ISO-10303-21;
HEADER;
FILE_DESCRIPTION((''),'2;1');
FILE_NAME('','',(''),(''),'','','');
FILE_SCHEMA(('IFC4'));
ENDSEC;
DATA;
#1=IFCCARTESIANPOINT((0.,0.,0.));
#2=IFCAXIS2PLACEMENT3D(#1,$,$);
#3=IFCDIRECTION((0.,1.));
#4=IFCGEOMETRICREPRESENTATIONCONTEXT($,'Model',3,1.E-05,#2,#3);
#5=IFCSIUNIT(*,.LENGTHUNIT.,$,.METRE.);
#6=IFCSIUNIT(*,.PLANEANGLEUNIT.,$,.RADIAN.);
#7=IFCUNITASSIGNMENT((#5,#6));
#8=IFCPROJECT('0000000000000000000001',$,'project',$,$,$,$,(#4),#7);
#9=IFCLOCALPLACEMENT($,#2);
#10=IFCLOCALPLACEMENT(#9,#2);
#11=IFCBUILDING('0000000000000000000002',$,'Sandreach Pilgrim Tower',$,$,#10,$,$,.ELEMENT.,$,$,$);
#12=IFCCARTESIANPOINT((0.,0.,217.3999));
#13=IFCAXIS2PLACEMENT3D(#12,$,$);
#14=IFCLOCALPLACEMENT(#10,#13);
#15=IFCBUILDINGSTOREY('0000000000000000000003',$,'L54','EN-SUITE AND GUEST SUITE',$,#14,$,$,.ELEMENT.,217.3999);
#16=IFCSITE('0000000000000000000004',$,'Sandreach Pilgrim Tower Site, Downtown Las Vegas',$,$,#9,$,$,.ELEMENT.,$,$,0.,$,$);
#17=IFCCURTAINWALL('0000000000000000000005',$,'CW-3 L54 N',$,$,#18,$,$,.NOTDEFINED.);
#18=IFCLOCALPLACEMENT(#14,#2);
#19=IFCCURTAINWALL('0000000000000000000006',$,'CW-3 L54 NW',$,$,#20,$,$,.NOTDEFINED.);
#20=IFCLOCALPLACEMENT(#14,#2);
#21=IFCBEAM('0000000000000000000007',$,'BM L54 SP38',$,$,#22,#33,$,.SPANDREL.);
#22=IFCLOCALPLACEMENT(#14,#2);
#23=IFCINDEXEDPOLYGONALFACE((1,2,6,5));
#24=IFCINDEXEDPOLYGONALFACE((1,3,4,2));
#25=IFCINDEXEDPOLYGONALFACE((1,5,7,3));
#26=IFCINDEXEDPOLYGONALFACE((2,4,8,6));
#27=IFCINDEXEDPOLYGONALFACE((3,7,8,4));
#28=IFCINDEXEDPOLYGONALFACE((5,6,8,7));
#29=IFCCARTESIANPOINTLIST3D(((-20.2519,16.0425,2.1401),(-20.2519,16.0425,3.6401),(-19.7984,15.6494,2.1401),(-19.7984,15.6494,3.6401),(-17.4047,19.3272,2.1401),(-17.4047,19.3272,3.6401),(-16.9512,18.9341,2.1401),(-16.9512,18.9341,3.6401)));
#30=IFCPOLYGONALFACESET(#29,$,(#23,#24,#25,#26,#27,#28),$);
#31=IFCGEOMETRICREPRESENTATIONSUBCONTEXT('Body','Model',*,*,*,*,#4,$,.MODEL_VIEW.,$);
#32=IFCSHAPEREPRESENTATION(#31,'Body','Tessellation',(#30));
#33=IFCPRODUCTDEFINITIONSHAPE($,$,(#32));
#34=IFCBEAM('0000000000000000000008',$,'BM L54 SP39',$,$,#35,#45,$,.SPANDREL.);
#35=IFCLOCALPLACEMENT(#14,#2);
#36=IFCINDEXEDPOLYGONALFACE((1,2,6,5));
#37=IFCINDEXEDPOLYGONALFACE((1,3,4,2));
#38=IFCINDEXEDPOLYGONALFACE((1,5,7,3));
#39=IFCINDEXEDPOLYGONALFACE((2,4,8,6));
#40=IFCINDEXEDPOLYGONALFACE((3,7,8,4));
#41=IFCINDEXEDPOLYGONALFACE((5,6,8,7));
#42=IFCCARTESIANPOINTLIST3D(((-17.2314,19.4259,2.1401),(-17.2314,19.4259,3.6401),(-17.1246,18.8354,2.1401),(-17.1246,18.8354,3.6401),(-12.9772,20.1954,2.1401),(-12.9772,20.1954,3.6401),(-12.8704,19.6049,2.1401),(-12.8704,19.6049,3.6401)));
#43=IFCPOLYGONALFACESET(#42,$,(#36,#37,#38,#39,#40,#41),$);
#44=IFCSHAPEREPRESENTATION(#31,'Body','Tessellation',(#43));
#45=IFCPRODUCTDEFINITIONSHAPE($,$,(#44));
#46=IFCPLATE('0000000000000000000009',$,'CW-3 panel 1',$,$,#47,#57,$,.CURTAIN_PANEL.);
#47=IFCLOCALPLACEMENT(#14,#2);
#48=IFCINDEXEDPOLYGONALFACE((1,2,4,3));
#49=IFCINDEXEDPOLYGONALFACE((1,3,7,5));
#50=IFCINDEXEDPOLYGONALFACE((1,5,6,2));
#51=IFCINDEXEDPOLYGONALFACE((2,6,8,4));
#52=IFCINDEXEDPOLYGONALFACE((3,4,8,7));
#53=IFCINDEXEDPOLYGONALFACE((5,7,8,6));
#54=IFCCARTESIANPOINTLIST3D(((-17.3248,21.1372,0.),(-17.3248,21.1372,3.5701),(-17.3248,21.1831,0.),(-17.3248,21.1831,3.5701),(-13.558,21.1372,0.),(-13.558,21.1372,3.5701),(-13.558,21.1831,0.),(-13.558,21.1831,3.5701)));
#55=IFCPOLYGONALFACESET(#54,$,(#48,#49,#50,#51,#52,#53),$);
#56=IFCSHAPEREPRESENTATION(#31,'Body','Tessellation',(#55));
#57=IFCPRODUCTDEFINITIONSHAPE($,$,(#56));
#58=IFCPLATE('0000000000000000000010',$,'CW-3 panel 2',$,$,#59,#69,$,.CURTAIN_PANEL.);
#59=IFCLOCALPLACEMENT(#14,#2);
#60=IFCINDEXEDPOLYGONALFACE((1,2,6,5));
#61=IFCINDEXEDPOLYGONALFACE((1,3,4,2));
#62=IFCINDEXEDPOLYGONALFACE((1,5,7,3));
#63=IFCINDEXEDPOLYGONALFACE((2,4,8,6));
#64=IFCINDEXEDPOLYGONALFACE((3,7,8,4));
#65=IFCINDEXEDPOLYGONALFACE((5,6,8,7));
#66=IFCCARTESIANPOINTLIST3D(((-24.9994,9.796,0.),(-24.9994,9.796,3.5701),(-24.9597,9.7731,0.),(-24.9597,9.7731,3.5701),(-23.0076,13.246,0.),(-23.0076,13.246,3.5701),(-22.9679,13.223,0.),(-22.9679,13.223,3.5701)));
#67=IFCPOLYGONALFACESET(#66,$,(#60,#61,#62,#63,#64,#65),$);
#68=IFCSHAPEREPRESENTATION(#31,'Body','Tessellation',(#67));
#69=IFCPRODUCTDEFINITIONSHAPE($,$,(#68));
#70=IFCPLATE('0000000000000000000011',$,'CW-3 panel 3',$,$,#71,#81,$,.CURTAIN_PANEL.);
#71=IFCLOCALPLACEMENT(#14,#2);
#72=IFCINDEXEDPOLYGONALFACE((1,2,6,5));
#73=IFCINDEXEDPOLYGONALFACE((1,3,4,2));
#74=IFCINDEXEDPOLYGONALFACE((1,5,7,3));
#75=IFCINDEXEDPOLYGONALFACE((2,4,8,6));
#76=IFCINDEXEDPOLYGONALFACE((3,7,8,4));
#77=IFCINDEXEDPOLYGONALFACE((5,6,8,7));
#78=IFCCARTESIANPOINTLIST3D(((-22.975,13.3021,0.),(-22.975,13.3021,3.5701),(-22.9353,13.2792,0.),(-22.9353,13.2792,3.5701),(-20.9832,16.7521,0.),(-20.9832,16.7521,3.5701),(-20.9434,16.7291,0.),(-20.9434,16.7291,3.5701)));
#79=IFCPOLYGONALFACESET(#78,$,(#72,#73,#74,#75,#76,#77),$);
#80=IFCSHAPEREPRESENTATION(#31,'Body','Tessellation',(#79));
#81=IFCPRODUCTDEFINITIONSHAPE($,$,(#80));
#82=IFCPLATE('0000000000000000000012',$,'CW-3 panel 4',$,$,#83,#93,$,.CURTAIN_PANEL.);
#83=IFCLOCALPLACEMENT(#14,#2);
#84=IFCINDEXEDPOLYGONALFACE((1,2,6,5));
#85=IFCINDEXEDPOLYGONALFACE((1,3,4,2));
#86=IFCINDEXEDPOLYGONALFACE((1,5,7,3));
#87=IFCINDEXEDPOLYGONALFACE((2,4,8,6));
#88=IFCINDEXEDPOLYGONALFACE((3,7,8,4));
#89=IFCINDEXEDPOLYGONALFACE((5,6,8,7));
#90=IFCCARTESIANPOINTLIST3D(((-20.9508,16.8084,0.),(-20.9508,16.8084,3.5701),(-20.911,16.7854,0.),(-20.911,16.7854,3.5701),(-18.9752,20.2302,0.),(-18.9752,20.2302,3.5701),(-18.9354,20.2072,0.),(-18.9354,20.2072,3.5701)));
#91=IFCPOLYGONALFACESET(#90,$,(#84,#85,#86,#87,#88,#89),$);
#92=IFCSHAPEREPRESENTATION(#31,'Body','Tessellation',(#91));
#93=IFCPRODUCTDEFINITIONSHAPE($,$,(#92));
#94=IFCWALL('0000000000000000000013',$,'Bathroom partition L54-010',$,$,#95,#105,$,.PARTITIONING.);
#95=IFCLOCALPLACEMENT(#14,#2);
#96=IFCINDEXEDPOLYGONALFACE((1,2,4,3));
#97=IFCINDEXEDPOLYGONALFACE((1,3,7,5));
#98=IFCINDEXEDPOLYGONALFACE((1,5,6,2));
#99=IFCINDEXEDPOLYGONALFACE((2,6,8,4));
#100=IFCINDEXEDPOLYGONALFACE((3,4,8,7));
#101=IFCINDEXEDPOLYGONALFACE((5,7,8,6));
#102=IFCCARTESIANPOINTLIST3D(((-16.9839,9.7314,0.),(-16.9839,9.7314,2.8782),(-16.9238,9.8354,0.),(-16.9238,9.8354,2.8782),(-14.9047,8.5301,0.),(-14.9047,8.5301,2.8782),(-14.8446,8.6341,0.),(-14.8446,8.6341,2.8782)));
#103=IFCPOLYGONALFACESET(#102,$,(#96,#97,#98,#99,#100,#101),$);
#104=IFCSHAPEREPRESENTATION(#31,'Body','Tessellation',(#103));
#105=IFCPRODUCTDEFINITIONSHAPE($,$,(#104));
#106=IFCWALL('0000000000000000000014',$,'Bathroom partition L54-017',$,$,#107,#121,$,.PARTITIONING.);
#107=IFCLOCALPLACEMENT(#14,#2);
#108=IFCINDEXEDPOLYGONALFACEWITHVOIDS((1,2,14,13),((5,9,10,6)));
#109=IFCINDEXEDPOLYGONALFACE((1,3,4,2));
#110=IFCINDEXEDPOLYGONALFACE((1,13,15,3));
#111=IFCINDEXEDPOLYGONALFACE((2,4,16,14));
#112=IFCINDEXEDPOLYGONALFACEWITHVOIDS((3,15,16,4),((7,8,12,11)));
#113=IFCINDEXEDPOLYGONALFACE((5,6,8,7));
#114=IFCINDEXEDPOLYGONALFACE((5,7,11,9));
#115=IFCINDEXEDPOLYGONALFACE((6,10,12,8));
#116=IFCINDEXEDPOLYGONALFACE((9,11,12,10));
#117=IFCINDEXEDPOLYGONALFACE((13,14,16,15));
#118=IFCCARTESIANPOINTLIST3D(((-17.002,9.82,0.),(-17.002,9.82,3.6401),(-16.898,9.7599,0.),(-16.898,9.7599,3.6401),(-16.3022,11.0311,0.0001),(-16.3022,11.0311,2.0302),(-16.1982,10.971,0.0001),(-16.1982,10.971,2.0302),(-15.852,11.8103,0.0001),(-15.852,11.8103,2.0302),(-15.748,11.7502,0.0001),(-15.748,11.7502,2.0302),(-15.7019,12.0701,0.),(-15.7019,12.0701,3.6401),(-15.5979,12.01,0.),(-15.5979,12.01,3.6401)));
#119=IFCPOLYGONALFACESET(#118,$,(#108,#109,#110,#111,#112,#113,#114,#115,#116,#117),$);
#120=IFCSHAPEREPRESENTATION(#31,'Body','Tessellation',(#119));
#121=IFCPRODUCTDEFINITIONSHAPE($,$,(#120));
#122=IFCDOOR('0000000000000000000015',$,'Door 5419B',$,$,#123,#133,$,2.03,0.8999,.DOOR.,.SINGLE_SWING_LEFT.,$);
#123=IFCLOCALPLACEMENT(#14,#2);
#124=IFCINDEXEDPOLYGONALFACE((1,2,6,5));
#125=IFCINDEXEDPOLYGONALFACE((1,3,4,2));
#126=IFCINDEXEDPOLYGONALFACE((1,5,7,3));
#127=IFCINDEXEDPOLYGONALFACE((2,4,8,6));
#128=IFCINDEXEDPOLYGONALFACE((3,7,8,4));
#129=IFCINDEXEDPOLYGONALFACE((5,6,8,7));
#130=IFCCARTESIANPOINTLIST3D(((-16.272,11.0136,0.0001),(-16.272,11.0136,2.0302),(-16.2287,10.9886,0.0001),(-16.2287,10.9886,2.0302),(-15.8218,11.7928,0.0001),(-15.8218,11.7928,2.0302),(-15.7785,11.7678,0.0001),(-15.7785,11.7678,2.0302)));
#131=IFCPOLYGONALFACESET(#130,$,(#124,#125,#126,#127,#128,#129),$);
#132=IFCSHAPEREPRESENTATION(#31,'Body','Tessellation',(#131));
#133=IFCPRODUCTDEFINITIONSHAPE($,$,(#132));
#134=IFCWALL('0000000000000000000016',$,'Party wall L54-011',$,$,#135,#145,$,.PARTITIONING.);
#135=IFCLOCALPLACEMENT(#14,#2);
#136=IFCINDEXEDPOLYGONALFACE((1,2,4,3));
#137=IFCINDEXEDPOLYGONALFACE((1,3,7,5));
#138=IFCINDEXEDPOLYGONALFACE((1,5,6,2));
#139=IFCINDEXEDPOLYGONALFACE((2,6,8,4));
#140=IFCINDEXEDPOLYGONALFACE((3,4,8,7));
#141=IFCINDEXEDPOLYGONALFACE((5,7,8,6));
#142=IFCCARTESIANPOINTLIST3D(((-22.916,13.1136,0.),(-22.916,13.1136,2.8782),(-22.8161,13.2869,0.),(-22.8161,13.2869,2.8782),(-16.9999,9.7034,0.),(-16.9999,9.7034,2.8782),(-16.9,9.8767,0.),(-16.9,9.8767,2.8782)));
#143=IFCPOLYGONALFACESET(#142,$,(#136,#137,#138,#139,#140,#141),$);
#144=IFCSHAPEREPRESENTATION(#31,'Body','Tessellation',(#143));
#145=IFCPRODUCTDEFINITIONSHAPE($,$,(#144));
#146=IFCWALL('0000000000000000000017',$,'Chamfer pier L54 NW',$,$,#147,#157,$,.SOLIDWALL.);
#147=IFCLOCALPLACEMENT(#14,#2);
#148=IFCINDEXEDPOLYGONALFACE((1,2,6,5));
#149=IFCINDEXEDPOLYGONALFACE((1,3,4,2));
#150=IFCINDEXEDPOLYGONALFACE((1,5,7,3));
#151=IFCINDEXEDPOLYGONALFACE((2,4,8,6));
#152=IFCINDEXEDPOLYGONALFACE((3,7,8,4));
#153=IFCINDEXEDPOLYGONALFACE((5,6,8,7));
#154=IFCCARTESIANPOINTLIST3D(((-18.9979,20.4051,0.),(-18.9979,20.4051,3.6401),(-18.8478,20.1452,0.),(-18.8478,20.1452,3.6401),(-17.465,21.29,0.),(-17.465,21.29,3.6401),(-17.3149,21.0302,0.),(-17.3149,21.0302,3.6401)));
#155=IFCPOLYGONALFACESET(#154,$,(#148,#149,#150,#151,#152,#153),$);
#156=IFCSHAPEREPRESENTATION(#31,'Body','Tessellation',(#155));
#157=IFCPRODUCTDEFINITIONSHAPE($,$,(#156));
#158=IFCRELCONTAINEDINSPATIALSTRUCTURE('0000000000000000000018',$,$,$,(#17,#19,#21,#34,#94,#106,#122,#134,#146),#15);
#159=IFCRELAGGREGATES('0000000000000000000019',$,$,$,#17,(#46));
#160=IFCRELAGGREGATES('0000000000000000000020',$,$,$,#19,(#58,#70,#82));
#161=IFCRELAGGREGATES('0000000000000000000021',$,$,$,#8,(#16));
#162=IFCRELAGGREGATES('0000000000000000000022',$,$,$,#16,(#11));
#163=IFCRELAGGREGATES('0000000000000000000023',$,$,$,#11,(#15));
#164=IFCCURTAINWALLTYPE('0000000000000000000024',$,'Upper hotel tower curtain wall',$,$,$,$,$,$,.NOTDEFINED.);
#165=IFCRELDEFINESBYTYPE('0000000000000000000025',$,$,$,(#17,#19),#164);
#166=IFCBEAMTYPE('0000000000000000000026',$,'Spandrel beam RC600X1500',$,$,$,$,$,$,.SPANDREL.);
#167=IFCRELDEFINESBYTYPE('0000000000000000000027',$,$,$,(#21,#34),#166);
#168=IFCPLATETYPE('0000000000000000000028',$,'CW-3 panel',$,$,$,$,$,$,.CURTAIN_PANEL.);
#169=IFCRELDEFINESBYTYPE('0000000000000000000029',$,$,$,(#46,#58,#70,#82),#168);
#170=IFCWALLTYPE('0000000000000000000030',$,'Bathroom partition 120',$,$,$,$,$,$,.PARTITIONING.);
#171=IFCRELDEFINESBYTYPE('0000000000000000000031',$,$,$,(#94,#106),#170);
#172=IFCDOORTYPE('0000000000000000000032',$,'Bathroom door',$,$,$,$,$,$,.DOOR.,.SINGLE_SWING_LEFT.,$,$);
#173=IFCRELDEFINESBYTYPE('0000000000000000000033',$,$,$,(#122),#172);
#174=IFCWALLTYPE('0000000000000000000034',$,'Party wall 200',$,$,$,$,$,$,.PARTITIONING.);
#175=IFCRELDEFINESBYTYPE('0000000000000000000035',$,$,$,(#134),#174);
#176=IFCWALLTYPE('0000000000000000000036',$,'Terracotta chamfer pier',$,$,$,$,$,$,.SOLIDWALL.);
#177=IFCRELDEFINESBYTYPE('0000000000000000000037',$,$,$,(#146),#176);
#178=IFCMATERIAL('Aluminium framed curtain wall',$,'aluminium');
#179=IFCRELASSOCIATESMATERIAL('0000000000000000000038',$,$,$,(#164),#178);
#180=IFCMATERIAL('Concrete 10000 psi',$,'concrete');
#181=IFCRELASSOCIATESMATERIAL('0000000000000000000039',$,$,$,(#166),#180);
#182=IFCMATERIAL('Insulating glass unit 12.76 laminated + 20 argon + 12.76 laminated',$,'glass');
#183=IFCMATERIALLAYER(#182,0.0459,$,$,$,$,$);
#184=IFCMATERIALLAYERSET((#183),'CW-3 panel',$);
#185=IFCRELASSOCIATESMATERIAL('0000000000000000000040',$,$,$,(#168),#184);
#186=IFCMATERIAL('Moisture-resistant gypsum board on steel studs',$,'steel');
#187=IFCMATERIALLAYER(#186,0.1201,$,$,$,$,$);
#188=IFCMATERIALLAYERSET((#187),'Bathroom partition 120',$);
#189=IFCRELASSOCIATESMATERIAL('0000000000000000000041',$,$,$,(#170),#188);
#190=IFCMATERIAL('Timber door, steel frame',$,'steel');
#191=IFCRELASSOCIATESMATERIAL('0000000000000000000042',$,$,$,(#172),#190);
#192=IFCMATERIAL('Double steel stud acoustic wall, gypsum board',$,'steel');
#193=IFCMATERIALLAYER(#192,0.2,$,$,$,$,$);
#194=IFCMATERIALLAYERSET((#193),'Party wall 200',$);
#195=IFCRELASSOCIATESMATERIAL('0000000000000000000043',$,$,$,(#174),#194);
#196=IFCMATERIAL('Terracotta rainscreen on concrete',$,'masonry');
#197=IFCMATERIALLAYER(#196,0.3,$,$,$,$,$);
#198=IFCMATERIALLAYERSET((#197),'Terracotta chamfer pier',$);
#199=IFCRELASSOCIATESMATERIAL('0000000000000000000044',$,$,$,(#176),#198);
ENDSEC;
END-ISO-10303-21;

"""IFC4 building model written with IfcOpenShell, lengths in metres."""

from ifc_helpers import new_model, si_unit, direction, frame, frame_2d, origin, origin_2d, place, context, subcontext, project, spatial, rectangle, extrude, material, layer, layer_set, material_profile, profile_set, type_object, element, fill, aggregate, save


model = new_model("IFC4")

# Units and contexts
model_context = context("Model", 3, precision=1e-05, world=origin(), true_north=direction((0.0, 1.0)))
body_context = subcontext(model_context, "Body", "Model", "MODEL_VIEW")
ifc_project = project(units=[si_unit("LENGTHUNIT", "METRE"), si_unit("PLANEANGLEUNIT", "RADIAN")], contexts=[model_context])

# Site, building, storey
site_placement = place(None, origin())
site = spatial("IfcSite", under=ifc_project, at=site_placement, Name="Sandreach Pilgrim Tower Site, Downtown Las Vegas", CompositionType="ELEMENT", RefElevation=0.0)
building_placement = place(site_placement, origin())
building = spatial("IfcBuilding", under=site, at=building_placement, Name="Sandreach Pilgrim Tower", CompositionType="ELEMENT")
storey_placement = place(building_placement, frame((0.0, 0.0, 217.3999)))
storey = spatial("IfcBuildingStorey", under=building, at=storey_placement, Name="L54", Description="EN-SUITE AND GUEST SUITE", CompositionType="ELEMENT", Elevation=217.3999)

# Curtain wall
ifc_material_1 = material(Name="Aluminium framed curtain wall", Category="aluminium")
curtain_wall_type = type_object("IfcCurtainWallType", Name="Upper hotel tower curtain wall", PredefinedType="NOTDEFINED", material=ifc_material_1)
curtain_wall_1_placement = place(storey_placement, origin())
curtain_wall_1 = element("IfcCurtainWall", 1, at=curtain_wall_1_placement, inside=storey, type_object=curtain_wall_type, Name="CW-3 L54 N", PredefinedType="NOTDEFINED")

# Curtain wall
curtain_wall_2_placement = place(storey_placement, origin())
curtain_wall_2 = element("IfcCurtainWall", 2, at=curtain_wall_2_placement, inside=storey, type_object=curtain_wall_type, Name="CW-3 L54 NW", PredefinedType="NOTDEFINED")

# Beams
ifc_material_2 = material(Name="Concrete 10000 psi", Category="concrete")
ifc_material_profile_1 = material_profile(ifc_material_2, rectangle(XDim=0.6001, YDim=1.5, at=origin_2d()), Name="RC600X1500")
ifc_profile_set_1 = profile_set([ifc_material_profile_1], Name="Concrete 10000 psi")
beam_type_1 = type_object("IfcBeamType", Name="Spandrel beam RC600X1500", PredefinedType="SPANDREL", material=ifc_profile_set_1)
beam_1_placement = place(storey_placement, frame((-20.0251, 15.8459, 2.8901), z_axis=(0.65499, 0.755637, 0.0), x_axis=(-0.755637, 0.65499, 0.0)))
element("IfcBeam", 3, at=beam_1_placement, inside=storey, type_object=beam_type_1, Name="BM L54 SP38", PredefinedType="SPANDREL", context=body_context, shape_type="SweptSolid", body=[
    extrude(rectangle(XDim=0.6001, YDim=1.5, at=origin_2d()), origin(), (0.0, 0.0, 1.0), 4.3469),
])
beam_2_placement = place(storey_placement, frame((-17.178, 19.1306, 2.8901), z_axis=(0.98403, 0.178001, 0.0), x_axis=(-0.178001, 0.98403, 0.0)))
element("IfcBeam", 4, at=beam_2_placement, inside=storey, type_object=beam_type_1, Name="BM L54 SP39", PredefinedType="SPANDREL", context=body_context, shape_type="SweptSolid", body=[
    extrude(rectangle(XDim=0.6001, YDim=1.5, at=origin_2d()), origin(), (0.0, 0.0, 1.0), 4.3232),
])

# Plates
ifc_material_3 = material(Name="Insulating glass unit 12.76 laminated + 20 argon + 12.76 laminated", Category="glass")
ifc_layer_1 = layer(ifc_material_3, 0.0459)
ifc_layer_set_1 = layer_set([ifc_layer_1], Name="CW-3 panel")
plate_type = type_object("IfcPlateType", Name="CW-3 panel", PredefinedType="CURTAIN_PANEL", material=ifc_layer_set_1)
plate_1_placement = place(storey_placement, frame((-15.4414, 21.1602, 0.0), z_axis=(0.0, 0.0, 1.0), x_axis=(1.0, 0.0, 0.0)))
plate_1 = element("IfcPlate", 5, at=plate_1_placement, type_object=plate_type, Name="CW-3 panel 1", PredefinedType="CURTAIN_PANEL", context=body_context, shape_type="SweptSolid", body=[
    extrude(rectangle(XDim=3.7668, YDim=0.0459, at=origin_2d()), origin(), (0.0, 0.0, 1.0), 3.5701),
])
aggregate(curtain_wall_1, [plate_1])
plate_2_placement = place(storey_placement, frame((-23.9836, 11.5095, 0.0), z_axis=(0.0, 0.0, 1.0), x_axis=(0.5, 0.866025, 0.0)))
plate_2 = element("IfcPlate", 6, at=plate_2_placement, type_object=plate_type, Name="CW-3 panel 2", PredefinedType="CURTAIN_PANEL", context=body_context, shape_type="SweptSolid", body=[
    extrude(rectangle(XDim=3.9836, YDim=0.0459, at=origin_2d()), origin(), (0.0, 0.0, 1.0), 3.5701),
])
plate_3_placement = place(storey_placement, frame((-21.9592, 15.0156, 0.0), z_axis=(0.0, 0.0, 1.0), x_axis=(0.5, 0.866025, 0.0)))
plate_3 = element("IfcPlate", 7, at=plate_3_placement, type_object=plate_type, Name="CW-3 panel 3", PredefinedType="CURTAIN_PANEL", context=body_context, shape_type="SweptSolid", body=[
    extrude(rectangle(XDim=3.9836, YDim=0.0459, at=origin_2d()), origin(), (0.0, 0.0, 1.0), 3.5701),
])
plate_4_placement = place(storey_placement, frame((-19.9431, 18.5078, 0.0), z_axis=(0.0, 0.0, 1.0), x_axis=(0.5, 0.866025, 0.0)))
plate_4 = element("IfcPlate", 8, at=plate_4_placement, type_object=plate_type, Name="CW-3 panel 4", PredefinedType="CURTAIN_PANEL", context=body_context, shape_type="SweptSolid", body=[
    extrude(rectangle(XDim=3.9512, YDim=0.0459, at=origin_2d()), origin(), (0.0, 0.0, 1.0), 3.5701),
])
aggregate(curtain_wall_2, [plate_2, plate_3, plate_4])

# Wall
ifc_material_4 = material(Name="Moisture-resistant gypsum board on steel studs", Category="steel")
ifc_layer_2 = layer(ifc_material_4, 0.1201)
ifc_layer_set_2 = layer_set([ifc_layer_2], Name="Bathroom partition 120")
wall_type_1 = type_object("IfcWallType", Name="Bathroom partition 120", PredefinedType="PARTITIONING", material=ifc_layer_set_2)
wall_1_placement = place(storey_placement, frame((-16.9539, 9.7834, 0.0), z_axis=(0.0, 0.0, 1.0), x_axis=(0.865862, -0.500283, 0.0)))
element("IfcWall", 9, at=wall_1_placement, inside=storey, type_object=wall_type_1, Name="Bathroom partition L54-010", PredefinedType="PARTITIONING", context=body_context, shape_type="SweptSolid", body=[
    extrude(rectangle(XDim=2.4014, YDim=0.1201, at=frame_2d((1.2007, 0.0))), origin(), (0.0, 0.0, 1.0), 2.8782),
])

# Wall, opening, door
wall_2_placement = place(storey_placement, frame((-15.6499, 12.04, 0.0), z_axis=(0.0, 0.0, 1.0), x_axis=(-0.500292, -0.865857, 0.0)))
wall_2 = element("IfcWall", 10, at=wall_2_placement, inside=storey, type_object=wall_type_1, Name="Bathroom partition L54-017", PredefinedType="PARTITIONING", context=body_context, shape_type="SweptSolid", body=[
    extrude(rectangle(XDim=2.5986, YDim=0.1201, at=frame_2d((1.2993, 0.0))), origin(), (0.0, 0.0, 1.0), 3.6401),
])
opening_placement = place(wall_2_placement, frame((0.3, 0.0, 0.0)))
opening = element("IfcOpeningElement", 11, at=opening_placement, cuts=wall_2, PredefinedType="OPENING", context=body_context, shape_type="SweptSolid", body=[
    extrude(rectangle(XDim=0.8999, YDim=2.03, at=frame_2d((0.45, 1.0151))), frame((0.0, 0.0601, 0.0), z_axis=(0.0, -1.0, 0.0), x_axis=(1.0, 0.0, 0.0)), (0.0, 0.0, 1.0), 0.1201),
])
ifc_material_5 = material(Name="Timber door, steel frame", Category="steel")
door_type = type_object("IfcDoorType", Name="Bathroom door", OperationType="SINGLE_SWING_LEFT", PredefinedType="DOOR", material=ifc_material_5)
door_placement = place(opening_placement, origin())
door = element("IfcDoor", 12, at=door_placement, inside=storey, type_object=door_type, Name="Door 5419B", OperationType="SINGLE_SWING_LEFT", OverallHeight=2.03, OverallWidth=0.8999, PredefinedType="DOOR", context=body_context, shape_type="SweptSolid", body=[
    extrude(rectangle(XDim=0.8999, YDim=2.03, at=frame_2d((0.45, 1.0151))), frame((0.0, 0.0249, 0.0), z_axis=(0.0, -1.0, 0.0), x_axis=(1.0, 0.0, 0.0)), (0.0, 0.0, 1.0), 0.05),
])
fill(opening, door)

# Walls
ifc_material_6 = material(Name="Double steel stud acoustic wall, gypsum board", Category="steel")
ifc_layer_3 = layer(ifc_material_6, 0.2)
ifc_layer_set_3 = layer_set([ifc_layer_3], Name="Party wall 200")
wall_type_2 = type_object("IfcWallType", Name="Party wall 200", PredefinedType="PARTITIONING", material=ifc_layer_set_3)
wall_3_placement = place(storey_placement, frame((-16.95, 9.79, 0.0), z_axis=(0.0, 0.0, 1.0), x_axis=(-0.866371, 0.499401, 0.0)))
element("IfcWall", 13, at=wall_3_placement, inside=storey, type_object=wall_type_2, Name="Party wall L54-011", PredefinedType="PARTITIONING", context=body_context, shape_type="SweptSolid", body=[
    extrude(rectangle(XDim=6.8286, YDim=0.2, at=frame_2d((3.4143, 0.0))), origin(), (0.0, 0.0, 1.0), 2.8782),
])
ifc_material_7 = material(Name="Terracotta rainscreen on concrete", Category="masonry")
ifc_layer_4 = layer(ifc_material_7, 0.3)
ifc_layer_set_4 = layer_set([ifc_layer_4], Name="Terracotta chamfer pier")
wall_type_3 = type_object("IfcWallType", Name="Terracotta chamfer pier", PredefinedType="SOLIDWALL", material=ifc_layer_set_4)
wall_4_placement = place(storey_placement, frame((-18.9229, 20.2751, 0.0), z_axis=(0.0, 0.0, 1.0), x_axis=(0.866036, 0.499981, 0.0)))
element("IfcWall", 14, at=wall_4_placement, inside=storey, type_object=wall_type_3, Name="Chamfer pier L54 NW", PredefinedType="SOLIDWALL", context=body_context, shape_type="SweptSolid", body=[
    extrude(rectangle(XDim=1.77, YDim=0.3, at=frame_2d((0.885, 0.0))), origin(), (0.0, 0.0, 1.0), 3.6401),
])

save(model, "model.ifc")
